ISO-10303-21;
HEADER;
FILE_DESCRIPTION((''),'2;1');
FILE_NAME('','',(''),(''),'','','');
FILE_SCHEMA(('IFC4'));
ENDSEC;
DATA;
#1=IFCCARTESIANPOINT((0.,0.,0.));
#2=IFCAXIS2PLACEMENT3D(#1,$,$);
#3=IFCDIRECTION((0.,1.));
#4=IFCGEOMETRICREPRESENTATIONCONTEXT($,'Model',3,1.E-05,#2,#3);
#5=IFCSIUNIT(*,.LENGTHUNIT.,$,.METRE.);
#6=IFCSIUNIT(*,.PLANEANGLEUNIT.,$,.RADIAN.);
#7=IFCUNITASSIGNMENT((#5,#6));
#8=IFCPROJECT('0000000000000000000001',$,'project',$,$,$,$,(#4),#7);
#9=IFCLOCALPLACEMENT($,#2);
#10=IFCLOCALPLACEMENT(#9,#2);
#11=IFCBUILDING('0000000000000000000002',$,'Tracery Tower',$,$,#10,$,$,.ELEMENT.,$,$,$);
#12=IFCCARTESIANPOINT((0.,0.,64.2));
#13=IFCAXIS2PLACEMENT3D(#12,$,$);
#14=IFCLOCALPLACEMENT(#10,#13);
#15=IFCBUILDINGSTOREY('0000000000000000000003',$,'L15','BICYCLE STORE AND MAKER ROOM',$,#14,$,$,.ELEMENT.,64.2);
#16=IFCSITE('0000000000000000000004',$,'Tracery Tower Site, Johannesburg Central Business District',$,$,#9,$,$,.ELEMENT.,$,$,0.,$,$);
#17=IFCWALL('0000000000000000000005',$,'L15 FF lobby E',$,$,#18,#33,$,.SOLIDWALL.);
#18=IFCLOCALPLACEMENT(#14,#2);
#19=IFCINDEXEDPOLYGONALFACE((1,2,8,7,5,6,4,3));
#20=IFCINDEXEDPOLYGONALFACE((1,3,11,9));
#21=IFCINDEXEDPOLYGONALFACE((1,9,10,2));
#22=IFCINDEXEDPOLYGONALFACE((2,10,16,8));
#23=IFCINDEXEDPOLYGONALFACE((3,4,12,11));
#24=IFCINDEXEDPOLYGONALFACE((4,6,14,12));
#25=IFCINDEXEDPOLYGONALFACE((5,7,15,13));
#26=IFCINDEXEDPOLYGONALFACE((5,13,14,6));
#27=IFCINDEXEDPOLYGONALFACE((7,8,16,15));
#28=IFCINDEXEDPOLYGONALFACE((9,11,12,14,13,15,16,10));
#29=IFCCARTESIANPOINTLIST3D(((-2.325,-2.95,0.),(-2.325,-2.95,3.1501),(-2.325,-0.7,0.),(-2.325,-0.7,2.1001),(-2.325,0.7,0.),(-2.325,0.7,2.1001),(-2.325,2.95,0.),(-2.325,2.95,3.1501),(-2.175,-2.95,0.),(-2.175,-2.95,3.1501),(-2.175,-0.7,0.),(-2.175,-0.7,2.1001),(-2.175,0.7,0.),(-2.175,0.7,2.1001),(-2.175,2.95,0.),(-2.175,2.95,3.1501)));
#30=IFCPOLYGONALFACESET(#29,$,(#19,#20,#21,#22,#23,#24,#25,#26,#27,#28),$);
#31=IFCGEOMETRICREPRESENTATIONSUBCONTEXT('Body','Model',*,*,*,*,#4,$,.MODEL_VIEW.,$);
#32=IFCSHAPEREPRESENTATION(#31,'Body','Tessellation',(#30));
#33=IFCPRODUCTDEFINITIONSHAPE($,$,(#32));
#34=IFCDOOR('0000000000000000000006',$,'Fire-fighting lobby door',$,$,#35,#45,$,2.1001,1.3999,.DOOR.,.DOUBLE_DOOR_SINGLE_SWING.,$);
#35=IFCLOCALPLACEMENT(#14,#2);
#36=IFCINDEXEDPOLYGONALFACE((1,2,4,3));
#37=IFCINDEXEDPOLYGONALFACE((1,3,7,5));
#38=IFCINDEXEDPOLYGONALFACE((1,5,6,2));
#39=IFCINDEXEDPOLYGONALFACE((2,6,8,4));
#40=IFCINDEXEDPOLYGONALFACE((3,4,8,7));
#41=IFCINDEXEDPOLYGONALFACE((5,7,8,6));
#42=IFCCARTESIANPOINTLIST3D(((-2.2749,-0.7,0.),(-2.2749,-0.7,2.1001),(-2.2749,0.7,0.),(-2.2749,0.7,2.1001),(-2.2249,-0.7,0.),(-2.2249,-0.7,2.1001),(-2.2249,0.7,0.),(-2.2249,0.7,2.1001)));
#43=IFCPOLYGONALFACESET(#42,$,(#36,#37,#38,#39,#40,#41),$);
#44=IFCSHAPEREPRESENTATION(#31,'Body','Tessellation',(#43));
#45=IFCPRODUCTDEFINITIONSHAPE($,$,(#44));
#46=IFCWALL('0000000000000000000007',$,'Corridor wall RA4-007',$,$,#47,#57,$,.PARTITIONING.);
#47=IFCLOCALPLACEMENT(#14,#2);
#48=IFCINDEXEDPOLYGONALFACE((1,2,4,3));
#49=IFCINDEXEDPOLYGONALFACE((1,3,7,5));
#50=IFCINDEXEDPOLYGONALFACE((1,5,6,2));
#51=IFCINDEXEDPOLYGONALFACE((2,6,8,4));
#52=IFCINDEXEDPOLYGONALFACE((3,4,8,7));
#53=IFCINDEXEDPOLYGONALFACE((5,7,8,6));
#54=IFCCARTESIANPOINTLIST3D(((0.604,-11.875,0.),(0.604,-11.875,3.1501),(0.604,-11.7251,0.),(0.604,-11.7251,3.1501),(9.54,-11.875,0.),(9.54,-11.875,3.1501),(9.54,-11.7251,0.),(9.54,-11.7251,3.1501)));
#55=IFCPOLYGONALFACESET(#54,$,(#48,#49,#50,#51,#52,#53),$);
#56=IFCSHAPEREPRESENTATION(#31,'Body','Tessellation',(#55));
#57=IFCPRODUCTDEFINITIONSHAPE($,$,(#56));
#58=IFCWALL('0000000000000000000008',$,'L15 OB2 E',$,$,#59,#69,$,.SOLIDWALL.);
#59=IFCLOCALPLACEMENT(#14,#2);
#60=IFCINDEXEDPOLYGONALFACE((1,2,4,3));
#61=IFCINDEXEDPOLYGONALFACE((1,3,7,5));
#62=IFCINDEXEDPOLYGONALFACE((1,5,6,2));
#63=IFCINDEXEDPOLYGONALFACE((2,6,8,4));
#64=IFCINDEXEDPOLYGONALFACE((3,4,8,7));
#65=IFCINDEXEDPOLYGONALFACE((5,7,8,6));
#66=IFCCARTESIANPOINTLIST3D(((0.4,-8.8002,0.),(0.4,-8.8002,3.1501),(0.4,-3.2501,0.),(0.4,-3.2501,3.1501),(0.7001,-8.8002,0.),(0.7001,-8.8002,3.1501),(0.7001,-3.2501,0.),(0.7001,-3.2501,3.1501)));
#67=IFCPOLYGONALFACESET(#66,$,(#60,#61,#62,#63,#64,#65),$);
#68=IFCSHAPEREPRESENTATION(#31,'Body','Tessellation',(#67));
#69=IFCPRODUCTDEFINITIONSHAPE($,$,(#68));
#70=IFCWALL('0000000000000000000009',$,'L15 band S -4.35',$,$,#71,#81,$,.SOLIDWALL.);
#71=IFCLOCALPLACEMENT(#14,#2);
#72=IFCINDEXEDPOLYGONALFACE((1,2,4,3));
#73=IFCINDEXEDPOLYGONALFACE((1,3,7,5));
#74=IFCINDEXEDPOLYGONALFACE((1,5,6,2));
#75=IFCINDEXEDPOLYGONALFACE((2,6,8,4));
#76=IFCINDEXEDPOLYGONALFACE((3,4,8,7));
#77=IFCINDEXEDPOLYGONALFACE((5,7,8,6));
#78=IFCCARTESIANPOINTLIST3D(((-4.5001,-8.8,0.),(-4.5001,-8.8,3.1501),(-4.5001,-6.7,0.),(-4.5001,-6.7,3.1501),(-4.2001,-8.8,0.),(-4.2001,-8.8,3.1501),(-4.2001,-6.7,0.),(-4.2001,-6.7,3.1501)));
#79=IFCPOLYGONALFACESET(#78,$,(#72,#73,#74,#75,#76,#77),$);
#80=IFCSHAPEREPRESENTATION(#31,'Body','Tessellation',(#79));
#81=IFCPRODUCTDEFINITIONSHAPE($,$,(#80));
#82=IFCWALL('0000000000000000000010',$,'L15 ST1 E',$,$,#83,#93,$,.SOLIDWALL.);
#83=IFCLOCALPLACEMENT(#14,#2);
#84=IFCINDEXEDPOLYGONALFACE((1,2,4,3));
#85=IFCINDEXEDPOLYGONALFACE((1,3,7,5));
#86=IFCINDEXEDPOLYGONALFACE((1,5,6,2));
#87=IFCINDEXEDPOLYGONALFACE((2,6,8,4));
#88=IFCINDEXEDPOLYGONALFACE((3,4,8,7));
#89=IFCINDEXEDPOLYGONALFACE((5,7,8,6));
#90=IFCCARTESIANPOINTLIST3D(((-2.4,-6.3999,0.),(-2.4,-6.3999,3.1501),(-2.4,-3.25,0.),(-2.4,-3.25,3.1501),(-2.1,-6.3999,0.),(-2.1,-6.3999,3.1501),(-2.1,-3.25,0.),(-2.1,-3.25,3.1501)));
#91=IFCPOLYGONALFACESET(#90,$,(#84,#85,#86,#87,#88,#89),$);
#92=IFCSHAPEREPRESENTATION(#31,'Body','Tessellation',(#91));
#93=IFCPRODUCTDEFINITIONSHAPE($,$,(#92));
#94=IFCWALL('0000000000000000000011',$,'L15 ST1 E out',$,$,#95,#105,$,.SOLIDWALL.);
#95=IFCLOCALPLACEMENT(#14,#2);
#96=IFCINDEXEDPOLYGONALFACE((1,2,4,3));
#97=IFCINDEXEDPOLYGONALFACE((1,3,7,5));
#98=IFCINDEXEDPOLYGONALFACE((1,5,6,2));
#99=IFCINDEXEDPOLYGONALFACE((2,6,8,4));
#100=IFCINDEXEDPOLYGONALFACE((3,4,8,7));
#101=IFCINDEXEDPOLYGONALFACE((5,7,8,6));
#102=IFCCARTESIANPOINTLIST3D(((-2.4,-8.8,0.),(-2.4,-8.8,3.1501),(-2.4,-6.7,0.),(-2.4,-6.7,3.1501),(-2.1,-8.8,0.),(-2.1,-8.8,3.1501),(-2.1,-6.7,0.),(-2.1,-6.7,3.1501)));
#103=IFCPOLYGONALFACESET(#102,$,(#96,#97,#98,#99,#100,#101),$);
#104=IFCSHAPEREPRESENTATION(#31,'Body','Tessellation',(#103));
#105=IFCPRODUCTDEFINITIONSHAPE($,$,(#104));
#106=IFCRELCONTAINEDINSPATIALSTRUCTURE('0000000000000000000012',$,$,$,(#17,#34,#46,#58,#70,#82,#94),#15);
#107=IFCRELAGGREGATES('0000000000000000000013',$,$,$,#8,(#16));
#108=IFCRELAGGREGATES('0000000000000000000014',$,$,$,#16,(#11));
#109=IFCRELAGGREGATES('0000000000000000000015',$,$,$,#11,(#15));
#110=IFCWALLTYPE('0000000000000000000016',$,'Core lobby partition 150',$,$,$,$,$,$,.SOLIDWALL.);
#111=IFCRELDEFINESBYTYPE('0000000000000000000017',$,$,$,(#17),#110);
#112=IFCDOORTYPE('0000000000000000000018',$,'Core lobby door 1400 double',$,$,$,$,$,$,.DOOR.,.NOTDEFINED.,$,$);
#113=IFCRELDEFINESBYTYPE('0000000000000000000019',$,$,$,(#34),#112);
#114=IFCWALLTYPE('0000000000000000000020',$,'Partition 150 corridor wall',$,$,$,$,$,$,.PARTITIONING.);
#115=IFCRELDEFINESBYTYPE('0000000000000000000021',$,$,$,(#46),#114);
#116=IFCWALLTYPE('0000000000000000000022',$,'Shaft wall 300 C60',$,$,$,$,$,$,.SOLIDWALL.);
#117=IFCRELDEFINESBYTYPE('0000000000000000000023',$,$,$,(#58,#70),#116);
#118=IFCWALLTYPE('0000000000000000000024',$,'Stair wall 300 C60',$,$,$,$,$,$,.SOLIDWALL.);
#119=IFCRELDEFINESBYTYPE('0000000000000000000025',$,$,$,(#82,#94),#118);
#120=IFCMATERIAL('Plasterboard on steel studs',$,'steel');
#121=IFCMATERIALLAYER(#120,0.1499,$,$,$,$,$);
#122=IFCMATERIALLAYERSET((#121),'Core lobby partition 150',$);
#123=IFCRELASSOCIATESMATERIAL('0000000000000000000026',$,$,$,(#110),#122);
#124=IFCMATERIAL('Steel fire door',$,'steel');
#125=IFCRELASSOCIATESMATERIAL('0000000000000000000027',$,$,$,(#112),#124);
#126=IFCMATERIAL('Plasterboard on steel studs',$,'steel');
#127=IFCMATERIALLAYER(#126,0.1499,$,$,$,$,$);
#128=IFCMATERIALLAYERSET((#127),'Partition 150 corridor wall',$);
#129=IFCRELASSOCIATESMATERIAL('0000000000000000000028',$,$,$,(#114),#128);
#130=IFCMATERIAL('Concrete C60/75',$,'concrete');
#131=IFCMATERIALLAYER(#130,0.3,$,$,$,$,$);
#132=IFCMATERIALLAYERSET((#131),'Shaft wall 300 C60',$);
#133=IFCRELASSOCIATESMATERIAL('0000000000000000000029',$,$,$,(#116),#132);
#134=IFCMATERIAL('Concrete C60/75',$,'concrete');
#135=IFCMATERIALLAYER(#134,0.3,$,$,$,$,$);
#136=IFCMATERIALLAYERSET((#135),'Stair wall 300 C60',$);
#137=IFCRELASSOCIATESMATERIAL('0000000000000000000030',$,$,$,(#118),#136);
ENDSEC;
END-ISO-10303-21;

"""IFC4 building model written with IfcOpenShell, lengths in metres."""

from ifc_helpers import new_model, si_unit, direction, frame, frame_2d, origin, place, context, subcontext, project, spatial, rectangle, extrude, material, layer, layer_set, type_object, element, fill, save


model = new_model("IFC4")

# Units and contexts
model_context = context("Model", 3, precision=1e-05, world=origin(), true_north=direction((0.0, 1.0)))
body_context = subcontext(model_context, "Body", "Model", "MODEL_VIEW")
ifc_project = project(units=[si_unit("LENGTHUNIT", "METRE"), si_unit("PLANEANGLEUNIT", "RADIAN")], contexts=[model_context])

# Site, building, storey
site_placement = place(None, origin())
site = spatial("IfcSite", under=ifc_project, at=site_placement, Name="Tracery Tower Site, Johannesburg Central Business District", CompositionType="ELEMENT", RefElevation=0.0)
building_placement = place(site_placement, origin())
building = spatial("IfcBuilding", under=site, at=building_placement, Name="Tracery Tower", CompositionType="ELEMENT")
storey_placement = place(building_placement, frame((0.0, 0.0, 64.2)))
storey = spatial("IfcBuildingStorey", under=building, at=storey_placement, Name="L15", Description="BICYCLE STORE AND MAKER ROOM", CompositionType="ELEMENT", Elevation=64.2)

# Wall, opening, door
ifc_material_1 = material(Name="Plasterboard on steel studs", Category="steel")
ifc_layer_1 = layer(ifc_material_1, 0.1499)
ifc_layer_set_1 = layer_set([ifc_layer_1], Name="Core lobby partition 150")
wall_type_1 = type_object("IfcWallType", Name="Core lobby partition 150", PredefinedType="SOLIDWALL", material=ifc_layer_set_1)
wall_1_placement = place(storey_placement, frame((-2.25, -2.95, 0.0), z_axis=(0.0, 0.0, 1.0), x_axis=(0.0, 1.0, 0.0)))
wall_1 = element("IfcWall", 1, at=wall_1_placement, inside=storey, type_object=wall_type_1, Name="L15 FF lobby E", PredefinedType="SOLIDWALL", context=body_context, shape_type="SweptSolid", body=[
    extrude(rectangle(XDim=5.8999, YDim=0.1499, at=frame_2d((2.95, 0.0))), origin(), (0.0, 0.0, 1.0), 3.1501),
])
opening_1_placement = place(wall_1_placement, frame((2.25, 0.0, 0.0)))
opening_1 = element("IfcOpeningElement", 2, at=opening_1_placement, cuts=wall_1, PredefinedType="OPENING", context=body_context, shape_type="SweptSolid", body=[
    extrude(rectangle(XDim=1.3999, YDim=2.1001, at=frame_2d((0.7, 1.05))), frame((0.0, 0.075, 0.0), z_axis=(0.0, -1.0, 0.0), x_axis=(1.0, 0.0, 0.0)), (0.0, 0.0, 1.0), 0.1499),
])
ifc_material_2 = material(Name="Steel fire door", Category="steel")
door_type_1 = type_object("IfcDoorType", Name="Core lobby door 1400 double", OperationType="NOTDEFINED", PredefinedType="DOOR", material=ifc_material_2)
door_1_placement = place(opening_1_placement, origin())
door_1 = element("IfcDoor", 3, at=door_1_placement, inside=storey, type_object=door_type_1, Name="Fire-fighting lobby door", OperationType="DOUBLE_DOOR_SINGLE_SWING", OverallHeight=2.1001, OverallWidth=1.3999, PredefinedType="DOOR", context=body_context, shape_type="SweptSolid", body=[
    extrude(rectangle(XDim=1.3999, YDim=2.1001, at=frame_2d((0.7, 1.05))), frame((0.0, 0.0249, 0.0), z_axis=(0.0, -1.0, 0.0), x_axis=(1.0, 0.0, 0.0)), (0.0, 0.0, 1.0), 0.05),
])
fill(opening_1, door_1)

# Wall
ifc_material_3 = material(Name="Plasterboard on steel studs", Category="steel")
ifc_layer_2 = layer(ifc_material_3, 0.1499)
ifc_layer_set_2 = layer_set([ifc_layer_2], Name="Partition 150 corridor wall")
wall_type_2 = type_object("IfcWallType", Name="Partition 150 corridor wall", PredefinedType="PARTITIONING", material=ifc_layer_set_2)
wall_2_placement = place(storey_placement, frame((0.604, -11.8, 0.0), z_axis=(0.0, 0.0, 1.0), x_axis=(1.0, 0.0, 0.0)))
element("IfcWall", 4, at=wall_2_placement, inside=storey, type_object=wall_type_2, Name="Corridor wall RA4-007", PredefinedType="PARTITIONING", context=body_context, shape_type="SweptSolid", body=[
    extrude(rectangle(XDim=8.936, YDim=0.1499, at=frame_2d((4.468, 0.0))), origin(), (0.0, 0.0, 1.0), 3.1501),
])

# Shared definitions
ifc_material_4 = material(Name="Concrete C60/75", Category="concrete")
ifc_layer_3 = layer(ifc_material_4, 0.3)
ifc_layer_set_3 = layer_set([ifc_layer_3], Name="Shaft wall 300 C60")
wall_type_3 = type_object("IfcWallType", Name="Shaft wall 300 C60", PredefinedType="SOLIDWALL", material=ifc_layer_set_3)

# Walls
wall_3_placement = place(storey_placement, frame((0.55, -8.8, 0.0), z_axis=(0.0, 0.0, 1.0), x_axis=(0.0, 1.0, 0.0)))
element("IfcWall", 5, at=wall_3_placement, inside=storey, type_object=wall_type_3, Name="L15 OB2 E", PredefinedType="SOLIDWALL", context=body_context, shape_type="SweptSolid", body=[
    extrude(rectangle(XDim=5.55, YDim=0.3, at=frame_2d((2.7749, 0.0))), origin(), (0.0, 0.0, 1.0), 3.1501),
])
wall_4_placement = place(storey_placement, frame((-4.3501, -8.8, 0.0), z_axis=(0.0, 0.0, 1.0), x_axis=(0.0, 1.0, 0.0)))
element("IfcWall", 6, at=wall_4_placement, inside=storey, type_object=wall_type_3, Name="L15 band S -4.35", PredefinedType="SOLIDWALL", context=body_context, shape_type="SweptSolid", body=[
    extrude(rectangle(XDim=2.1001, YDim=0.3, at=frame_2d((1.05, 0.0))), origin(), (0.0, 0.0, 1.0), 3.1501),
])
ifc_material_5 = material(Name="Concrete C60/75", Category="concrete")
ifc_layer_4 = layer(ifc_material_5, 0.3)
ifc_layer_set_4 = layer_set([ifc_layer_4], Name="Stair wall 300 C60")
wall_type_4 = type_object("IfcWallType", Name="Stair wall 300 C60", PredefinedType="SOLIDWALL", material=ifc_layer_set_4)
wall_5_placement = place(storey_placement, frame((-2.25, -6.3999, 0.0), z_axis=(0.0, 0.0, 1.0), x_axis=(0.0, 1.0, 0.0)))
element("IfcWall", 7, at=wall_5_placement, inside=storey, type_object=wall_type_4, Name="L15 ST1 E", PredefinedType="SOLIDWALL", context=body_context, shape_type="SweptSolid", body=[
    extrude(rectangle(XDim=3.1499, YDim=0.3, at=frame_2d((1.575, 0.0))), origin(), (0.0, 0.0, 1.0), 3.1501),
])
wall_6_placement = place(storey_placement, frame((-2.25, -8.8, 0.0), z_axis=(0.0, 0.0, 1.0), x_axis=(0.0, 1.0, 0.0)))
element("IfcWall", 8, at=wall_6_placement, inside=storey, type_object=wall_type_4, Name="L15 ST1 E out", PredefinedType="SOLIDWALL", context=body_context, shape_type="SweptSolid", body=[
    extrude(rectangle(XDim=2.1001, YDim=0.3, at=frame_2d((1.05, 0.0))), origin(), (0.0, 0.0, 1.0), 3.1501),
])

save(model, "model.ifc")
